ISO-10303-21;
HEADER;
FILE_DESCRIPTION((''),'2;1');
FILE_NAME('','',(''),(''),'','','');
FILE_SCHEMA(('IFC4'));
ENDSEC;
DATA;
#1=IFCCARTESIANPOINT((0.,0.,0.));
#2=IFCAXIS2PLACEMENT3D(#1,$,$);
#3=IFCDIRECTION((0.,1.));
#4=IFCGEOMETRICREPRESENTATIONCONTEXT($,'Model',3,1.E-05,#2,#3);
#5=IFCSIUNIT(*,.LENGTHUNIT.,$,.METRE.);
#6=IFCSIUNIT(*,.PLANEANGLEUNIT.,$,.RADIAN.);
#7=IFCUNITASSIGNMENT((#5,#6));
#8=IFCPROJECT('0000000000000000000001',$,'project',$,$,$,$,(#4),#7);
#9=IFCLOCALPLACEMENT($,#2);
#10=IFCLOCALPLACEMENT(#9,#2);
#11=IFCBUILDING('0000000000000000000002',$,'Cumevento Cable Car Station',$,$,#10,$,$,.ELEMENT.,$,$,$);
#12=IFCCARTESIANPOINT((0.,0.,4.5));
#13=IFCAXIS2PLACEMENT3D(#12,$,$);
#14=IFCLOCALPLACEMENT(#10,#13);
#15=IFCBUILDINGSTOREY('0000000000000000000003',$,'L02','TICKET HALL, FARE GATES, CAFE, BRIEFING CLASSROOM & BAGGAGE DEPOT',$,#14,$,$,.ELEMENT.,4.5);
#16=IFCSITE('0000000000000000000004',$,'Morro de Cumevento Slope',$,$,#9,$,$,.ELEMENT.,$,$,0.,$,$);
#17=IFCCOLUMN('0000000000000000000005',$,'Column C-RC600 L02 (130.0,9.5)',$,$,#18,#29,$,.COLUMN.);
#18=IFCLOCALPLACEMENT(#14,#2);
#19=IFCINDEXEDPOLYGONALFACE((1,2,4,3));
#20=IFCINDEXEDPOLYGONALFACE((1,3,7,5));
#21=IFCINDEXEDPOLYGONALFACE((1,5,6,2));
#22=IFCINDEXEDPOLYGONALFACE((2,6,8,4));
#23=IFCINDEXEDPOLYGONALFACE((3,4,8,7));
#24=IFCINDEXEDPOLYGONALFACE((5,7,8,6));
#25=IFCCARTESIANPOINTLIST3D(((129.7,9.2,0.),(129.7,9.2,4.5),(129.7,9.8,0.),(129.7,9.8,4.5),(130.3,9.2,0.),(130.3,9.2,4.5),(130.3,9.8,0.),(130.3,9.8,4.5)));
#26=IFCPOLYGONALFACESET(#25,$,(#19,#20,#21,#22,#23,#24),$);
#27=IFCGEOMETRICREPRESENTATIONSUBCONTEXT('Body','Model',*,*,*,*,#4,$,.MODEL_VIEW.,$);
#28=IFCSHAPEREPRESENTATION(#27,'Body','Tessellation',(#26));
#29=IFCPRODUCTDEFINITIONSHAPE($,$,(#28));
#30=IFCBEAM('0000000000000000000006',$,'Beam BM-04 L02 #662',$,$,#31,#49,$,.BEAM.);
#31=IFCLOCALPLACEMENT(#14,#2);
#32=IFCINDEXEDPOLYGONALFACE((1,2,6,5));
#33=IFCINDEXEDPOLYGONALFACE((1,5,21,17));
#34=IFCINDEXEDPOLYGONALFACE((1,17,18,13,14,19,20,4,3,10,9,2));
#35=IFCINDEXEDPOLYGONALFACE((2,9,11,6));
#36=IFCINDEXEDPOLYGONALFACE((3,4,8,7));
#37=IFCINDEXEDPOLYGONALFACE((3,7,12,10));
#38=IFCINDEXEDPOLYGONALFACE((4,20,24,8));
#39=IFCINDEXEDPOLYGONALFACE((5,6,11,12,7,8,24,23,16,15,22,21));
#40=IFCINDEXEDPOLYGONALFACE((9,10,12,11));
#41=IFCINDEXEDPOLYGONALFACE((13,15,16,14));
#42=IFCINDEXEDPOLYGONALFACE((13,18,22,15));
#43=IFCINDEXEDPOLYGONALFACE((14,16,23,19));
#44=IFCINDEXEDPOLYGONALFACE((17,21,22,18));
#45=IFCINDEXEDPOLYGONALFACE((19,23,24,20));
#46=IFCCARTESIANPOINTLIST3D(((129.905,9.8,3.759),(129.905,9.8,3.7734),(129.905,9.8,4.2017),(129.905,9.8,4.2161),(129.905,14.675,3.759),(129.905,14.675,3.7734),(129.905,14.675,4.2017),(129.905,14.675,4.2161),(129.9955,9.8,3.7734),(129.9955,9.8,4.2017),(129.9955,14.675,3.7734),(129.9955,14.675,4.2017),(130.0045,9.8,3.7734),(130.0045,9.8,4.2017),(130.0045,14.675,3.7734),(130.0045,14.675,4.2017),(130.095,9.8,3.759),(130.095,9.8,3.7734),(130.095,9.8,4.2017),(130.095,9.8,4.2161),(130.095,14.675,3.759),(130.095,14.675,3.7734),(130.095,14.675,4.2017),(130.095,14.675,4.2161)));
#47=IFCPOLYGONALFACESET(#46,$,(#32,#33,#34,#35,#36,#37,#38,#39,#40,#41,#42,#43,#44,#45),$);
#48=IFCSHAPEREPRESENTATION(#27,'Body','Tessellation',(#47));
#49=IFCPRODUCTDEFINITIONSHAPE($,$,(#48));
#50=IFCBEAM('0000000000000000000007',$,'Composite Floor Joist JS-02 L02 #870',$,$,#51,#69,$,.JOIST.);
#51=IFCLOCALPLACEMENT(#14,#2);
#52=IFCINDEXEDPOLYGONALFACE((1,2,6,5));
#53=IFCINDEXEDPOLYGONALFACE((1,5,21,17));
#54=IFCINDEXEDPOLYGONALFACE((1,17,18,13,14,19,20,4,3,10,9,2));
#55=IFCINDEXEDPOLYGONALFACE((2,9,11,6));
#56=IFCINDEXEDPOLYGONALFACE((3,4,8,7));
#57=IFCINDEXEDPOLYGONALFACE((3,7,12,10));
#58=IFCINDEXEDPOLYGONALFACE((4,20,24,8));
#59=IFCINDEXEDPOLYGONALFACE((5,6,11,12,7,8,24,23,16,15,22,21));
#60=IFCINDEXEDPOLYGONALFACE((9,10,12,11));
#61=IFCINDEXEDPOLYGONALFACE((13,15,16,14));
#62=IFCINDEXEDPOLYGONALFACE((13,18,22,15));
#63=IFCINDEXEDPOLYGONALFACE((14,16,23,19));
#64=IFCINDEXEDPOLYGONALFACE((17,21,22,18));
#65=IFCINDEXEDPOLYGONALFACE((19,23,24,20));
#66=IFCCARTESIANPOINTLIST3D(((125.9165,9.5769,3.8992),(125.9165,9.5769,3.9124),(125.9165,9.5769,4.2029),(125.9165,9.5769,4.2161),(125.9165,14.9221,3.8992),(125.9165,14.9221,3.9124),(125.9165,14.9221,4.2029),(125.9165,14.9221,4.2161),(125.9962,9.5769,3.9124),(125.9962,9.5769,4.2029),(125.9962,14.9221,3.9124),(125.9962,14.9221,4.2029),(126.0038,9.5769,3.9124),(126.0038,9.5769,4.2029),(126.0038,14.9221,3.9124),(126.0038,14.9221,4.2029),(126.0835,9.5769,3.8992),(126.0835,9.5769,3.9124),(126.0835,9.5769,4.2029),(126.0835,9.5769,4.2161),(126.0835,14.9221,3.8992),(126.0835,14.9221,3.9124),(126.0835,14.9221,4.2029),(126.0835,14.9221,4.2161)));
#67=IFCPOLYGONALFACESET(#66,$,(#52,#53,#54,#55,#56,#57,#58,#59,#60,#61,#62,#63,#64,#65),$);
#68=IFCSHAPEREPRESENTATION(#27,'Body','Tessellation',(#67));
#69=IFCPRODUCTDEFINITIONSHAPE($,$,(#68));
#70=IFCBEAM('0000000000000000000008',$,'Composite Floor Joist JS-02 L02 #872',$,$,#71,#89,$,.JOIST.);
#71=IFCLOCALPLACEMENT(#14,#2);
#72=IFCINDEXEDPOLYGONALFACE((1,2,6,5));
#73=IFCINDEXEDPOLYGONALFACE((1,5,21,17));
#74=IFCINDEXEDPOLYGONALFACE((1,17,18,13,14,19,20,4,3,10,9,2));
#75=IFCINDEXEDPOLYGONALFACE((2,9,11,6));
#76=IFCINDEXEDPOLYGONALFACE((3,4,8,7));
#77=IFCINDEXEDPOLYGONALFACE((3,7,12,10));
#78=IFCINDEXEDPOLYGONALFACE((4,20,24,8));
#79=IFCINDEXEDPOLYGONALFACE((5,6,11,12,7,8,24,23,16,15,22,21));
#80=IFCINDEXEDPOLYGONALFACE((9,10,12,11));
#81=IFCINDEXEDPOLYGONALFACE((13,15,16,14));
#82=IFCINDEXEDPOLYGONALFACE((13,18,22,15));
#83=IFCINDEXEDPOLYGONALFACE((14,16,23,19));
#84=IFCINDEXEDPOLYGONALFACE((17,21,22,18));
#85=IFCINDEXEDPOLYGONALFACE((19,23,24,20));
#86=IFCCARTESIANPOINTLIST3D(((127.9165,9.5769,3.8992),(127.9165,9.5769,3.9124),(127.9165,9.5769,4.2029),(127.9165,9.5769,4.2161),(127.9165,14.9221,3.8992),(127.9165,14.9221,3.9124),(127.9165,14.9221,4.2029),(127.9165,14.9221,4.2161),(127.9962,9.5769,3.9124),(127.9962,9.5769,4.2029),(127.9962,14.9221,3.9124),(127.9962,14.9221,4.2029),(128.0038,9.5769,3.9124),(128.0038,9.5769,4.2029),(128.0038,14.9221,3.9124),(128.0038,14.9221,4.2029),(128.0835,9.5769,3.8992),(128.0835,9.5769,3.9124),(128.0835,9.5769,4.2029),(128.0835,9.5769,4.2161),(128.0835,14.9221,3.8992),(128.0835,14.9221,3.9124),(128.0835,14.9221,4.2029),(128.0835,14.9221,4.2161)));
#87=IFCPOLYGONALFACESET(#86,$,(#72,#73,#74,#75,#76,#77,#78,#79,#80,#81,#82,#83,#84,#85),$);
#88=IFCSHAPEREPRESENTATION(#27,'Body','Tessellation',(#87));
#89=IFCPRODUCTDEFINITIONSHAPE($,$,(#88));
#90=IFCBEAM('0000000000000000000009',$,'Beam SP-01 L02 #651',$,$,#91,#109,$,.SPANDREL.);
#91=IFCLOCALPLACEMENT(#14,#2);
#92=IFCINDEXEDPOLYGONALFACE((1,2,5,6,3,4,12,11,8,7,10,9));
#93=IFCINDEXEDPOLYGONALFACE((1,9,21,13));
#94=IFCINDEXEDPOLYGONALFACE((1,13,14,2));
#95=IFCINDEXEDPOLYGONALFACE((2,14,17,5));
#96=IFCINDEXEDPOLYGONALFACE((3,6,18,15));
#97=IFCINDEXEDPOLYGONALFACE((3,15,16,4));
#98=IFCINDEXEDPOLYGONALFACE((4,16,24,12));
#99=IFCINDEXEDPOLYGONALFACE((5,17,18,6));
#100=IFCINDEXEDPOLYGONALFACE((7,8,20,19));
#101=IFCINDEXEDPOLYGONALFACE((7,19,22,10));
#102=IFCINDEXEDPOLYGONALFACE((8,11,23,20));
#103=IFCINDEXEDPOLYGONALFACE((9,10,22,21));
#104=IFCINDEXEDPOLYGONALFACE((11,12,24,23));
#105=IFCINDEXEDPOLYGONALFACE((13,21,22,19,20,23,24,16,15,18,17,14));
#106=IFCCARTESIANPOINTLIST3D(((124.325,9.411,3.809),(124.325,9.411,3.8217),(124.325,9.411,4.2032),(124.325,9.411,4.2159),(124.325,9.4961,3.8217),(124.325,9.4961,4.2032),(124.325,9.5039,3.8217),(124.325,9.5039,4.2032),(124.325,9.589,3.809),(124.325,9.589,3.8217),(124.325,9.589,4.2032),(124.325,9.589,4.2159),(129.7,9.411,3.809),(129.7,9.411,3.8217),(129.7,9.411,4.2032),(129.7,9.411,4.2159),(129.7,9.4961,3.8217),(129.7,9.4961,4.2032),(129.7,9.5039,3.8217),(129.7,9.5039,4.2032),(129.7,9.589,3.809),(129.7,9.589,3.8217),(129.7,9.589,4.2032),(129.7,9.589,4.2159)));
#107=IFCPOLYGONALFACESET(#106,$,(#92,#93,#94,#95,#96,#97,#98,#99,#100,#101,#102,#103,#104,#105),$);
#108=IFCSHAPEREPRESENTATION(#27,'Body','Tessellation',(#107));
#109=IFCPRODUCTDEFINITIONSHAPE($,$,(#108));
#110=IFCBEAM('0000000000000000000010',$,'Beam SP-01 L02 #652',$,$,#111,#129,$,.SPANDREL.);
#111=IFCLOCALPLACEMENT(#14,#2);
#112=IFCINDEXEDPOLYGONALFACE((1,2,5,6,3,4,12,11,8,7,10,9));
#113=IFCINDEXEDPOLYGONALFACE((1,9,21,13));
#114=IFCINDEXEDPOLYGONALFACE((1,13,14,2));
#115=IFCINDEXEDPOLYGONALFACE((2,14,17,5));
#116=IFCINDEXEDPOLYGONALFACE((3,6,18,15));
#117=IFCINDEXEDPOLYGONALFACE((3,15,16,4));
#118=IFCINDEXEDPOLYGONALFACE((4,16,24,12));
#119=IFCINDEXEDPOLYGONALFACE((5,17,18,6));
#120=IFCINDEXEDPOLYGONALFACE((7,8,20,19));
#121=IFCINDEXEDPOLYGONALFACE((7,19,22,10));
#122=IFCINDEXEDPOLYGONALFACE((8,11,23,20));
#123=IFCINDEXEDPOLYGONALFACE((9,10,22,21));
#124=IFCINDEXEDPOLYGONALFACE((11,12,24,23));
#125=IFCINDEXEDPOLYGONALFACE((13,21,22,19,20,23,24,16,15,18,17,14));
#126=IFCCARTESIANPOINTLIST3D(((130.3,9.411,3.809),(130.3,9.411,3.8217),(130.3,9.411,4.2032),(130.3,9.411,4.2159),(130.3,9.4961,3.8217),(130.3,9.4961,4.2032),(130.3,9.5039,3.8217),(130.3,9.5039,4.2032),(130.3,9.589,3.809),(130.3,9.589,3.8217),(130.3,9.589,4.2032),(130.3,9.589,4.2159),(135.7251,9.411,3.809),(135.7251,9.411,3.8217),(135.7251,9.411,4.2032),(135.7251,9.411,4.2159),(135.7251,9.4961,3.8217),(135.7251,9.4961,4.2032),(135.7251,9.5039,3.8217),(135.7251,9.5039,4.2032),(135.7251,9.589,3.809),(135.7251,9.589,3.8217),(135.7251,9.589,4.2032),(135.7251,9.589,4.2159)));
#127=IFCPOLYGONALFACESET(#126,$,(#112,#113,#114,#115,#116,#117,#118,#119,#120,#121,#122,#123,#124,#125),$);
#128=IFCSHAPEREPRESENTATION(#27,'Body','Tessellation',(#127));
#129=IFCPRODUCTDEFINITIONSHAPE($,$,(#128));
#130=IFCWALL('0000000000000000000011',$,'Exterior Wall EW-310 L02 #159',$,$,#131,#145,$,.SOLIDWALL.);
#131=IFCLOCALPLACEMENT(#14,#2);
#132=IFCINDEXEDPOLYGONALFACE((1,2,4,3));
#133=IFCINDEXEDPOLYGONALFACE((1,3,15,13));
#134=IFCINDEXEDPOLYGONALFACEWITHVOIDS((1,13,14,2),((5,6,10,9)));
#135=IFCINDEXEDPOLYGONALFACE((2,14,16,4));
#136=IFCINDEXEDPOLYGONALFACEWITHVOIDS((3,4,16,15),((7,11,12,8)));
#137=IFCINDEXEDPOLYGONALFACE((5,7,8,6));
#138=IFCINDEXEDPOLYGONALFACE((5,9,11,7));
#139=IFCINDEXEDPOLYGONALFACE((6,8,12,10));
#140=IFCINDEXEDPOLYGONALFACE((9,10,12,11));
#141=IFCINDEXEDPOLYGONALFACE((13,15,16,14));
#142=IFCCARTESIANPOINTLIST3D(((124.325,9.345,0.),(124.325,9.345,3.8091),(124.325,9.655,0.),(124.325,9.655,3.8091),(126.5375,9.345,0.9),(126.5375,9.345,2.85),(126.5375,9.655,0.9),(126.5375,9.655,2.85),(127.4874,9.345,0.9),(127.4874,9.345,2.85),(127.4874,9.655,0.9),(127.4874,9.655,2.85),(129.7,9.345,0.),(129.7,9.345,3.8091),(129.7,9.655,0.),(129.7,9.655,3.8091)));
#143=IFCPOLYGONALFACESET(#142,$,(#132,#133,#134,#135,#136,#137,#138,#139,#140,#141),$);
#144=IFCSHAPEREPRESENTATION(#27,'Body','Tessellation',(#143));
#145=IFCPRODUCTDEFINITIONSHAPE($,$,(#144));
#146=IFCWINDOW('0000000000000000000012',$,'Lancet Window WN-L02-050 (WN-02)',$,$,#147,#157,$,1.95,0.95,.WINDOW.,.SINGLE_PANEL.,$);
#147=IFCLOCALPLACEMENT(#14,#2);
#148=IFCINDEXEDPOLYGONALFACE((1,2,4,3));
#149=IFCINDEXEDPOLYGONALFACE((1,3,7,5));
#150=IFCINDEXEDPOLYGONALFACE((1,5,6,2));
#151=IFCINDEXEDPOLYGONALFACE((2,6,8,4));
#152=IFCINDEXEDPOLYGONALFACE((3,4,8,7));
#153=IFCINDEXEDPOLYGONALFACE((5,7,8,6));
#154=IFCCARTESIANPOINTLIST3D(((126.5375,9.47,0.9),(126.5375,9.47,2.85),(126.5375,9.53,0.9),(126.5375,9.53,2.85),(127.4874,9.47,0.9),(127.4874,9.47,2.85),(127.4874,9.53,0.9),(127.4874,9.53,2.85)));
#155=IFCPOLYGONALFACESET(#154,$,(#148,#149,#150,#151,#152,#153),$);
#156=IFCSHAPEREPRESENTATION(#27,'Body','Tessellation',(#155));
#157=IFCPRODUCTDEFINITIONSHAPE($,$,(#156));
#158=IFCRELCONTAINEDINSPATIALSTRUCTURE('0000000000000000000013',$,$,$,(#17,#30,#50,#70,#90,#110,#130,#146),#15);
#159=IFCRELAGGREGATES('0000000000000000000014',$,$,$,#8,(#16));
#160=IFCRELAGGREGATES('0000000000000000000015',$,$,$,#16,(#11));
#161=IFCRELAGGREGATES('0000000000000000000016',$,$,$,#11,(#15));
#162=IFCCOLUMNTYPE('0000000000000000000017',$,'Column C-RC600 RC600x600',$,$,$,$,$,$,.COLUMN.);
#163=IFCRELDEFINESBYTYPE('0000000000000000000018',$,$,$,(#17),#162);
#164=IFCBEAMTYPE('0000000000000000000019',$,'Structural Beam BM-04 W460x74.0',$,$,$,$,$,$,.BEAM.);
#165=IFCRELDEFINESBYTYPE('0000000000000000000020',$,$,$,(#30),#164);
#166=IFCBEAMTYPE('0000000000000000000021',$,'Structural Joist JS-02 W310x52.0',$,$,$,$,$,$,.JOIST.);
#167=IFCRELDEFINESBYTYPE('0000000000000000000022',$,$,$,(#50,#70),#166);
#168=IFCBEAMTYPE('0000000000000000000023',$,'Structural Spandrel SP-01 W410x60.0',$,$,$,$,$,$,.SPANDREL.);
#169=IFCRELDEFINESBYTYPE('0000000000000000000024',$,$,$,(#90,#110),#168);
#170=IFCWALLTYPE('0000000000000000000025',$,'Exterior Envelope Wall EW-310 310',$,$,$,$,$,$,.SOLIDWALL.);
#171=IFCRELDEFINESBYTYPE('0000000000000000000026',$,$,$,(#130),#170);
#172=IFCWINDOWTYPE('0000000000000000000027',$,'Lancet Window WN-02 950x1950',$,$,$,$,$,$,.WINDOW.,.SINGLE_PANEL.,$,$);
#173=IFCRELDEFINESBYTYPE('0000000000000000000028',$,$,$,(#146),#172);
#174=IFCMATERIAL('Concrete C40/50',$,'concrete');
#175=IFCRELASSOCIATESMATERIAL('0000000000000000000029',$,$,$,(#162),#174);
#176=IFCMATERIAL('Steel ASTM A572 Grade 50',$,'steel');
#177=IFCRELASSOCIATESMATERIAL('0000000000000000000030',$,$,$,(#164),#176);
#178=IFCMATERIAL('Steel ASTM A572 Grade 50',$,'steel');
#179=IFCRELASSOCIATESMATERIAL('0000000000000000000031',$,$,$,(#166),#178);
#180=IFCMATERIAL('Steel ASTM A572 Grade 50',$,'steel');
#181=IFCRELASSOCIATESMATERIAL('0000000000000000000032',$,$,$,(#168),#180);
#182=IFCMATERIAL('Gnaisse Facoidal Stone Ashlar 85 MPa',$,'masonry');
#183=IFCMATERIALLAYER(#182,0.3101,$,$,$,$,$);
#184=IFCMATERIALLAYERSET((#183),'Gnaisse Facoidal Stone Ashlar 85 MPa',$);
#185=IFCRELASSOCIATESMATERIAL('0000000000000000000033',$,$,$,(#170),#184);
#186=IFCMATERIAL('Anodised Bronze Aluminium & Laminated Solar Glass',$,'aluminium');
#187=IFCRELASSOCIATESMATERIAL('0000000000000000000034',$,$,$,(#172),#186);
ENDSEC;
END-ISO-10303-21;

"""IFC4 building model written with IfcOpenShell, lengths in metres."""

from ifc_helpers import new_model, si_unit, direction, frame, frame_2d, origin, origin_2d, place, context, subcontext, project, spatial, rectangle, i_section, extrude, material, layer, layer_set, material_profile, profile_set, type_object, element, fill, save


model = new_model("IFC4")

# Units and contexts
model_context = context("Model", 3, precision=1e-05, world=origin(), true_north=direction((0.0, 1.0)))
body_context = subcontext(model_context, "Body", "Model", "MODEL_VIEW")
ifc_project = project(units=[si_unit("LENGTHUNIT", "METRE"), si_unit("PLANEANGLEUNIT", "RADIAN")], contexts=[model_context])

# Site, building, storey
site_placement = place(None, origin())
site = spatial("IfcSite", under=ifc_project, at=site_placement, Name="Morro de Cumevento Slope", CompositionType="ELEMENT", RefElevation=0.0)
building_placement = place(site_placement, origin())
building = spatial("IfcBuilding", under=site, at=building_placement, Name="Cumevento Cable Car Station", CompositionType="ELEMENT")
storey_placement = place(building_placement, frame((0.0, 0.0, 4.5)))
storey = spatial("IfcBuildingStorey", under=building, at=storey_placement, Name="L02", Description="TICKET HALL, FARE GATES, CAFE, BRIEFING CLASSROOM & BAGGAGE DEPOT", CompositionType="ELEMENT", Elevation=4.5)

# Column
ifc_material_1 = material(Name="Concrete C40/50", Category="concrete")
ifc_material_profile_1 = material_profile(ifc_material_1, rectangle(XDim=0.6001, YDim=0.6001, at=origin_2d()), Name="RC600x600")
ifc_profile_set_1 = profile_set([ifc_material_profile_1], Name="Concrete C40/50")
column_type = type_object("IfcColumnType", Name="Column C-RC600 RC600x600", PredefinedType="COLUMN", material=ifc_profile_set_1)
column_placement = place(storey_placement, frame((130.0, 9.5, 0.0), z_axis=(0.0, 0.0, 1.0), x_axis=(1.0, 0.0, 0.0)))
element("IfcColumn", 1, at=column_placement, inside=storey, type_object=column_type, Name="Column C-RC600 L02 (130.0,9.5)", PredefinedType="COLUMN", context=body_context, shape_type="SweptSolid", body=[
    extrude(rectangle(XDim=0.6001, YDim=0.6001, at=origin_2d()), origin(), (0.0, 0.0, 1.0), 4.5),
])

# Beams
ifc_material_2 = material(Name="Steel ASTM A572 Grade 50", Category="steel")
ifc_material_profile_2 = material_profile(ifc_material_2, i_section(OverallWidth=0.1899, OverallDepth=0.457, WebThickness=0.009, FlangeThickness=0.0144, at=origin_2d()), Name="W460x74.0")
ifc_profile_set_2 = profile_set([ifc_material_profile_2], Name="Steel ASTM A572 Grade 50")
beam_type_1 = type_object("IfcBeamType", Name="Structural Beam BM-04 W460x74.0", PredefinedType="BEAM", material=ifc_profile_set_2)
beam_1_placement = place(storey_placement, frame((130.0, 9.8, 3.9875), z_axis=(0.0, 1.0, 0.0), x_axis=(-1.0, 0.0, 0.0)))
element("IfcBeam", 2, at=beam_1_placement, inside=storey, type_object=beam_type_1, Name="Beam BM-04 L02 #662", PredefinedType="BEAM", context=body_context, shape_type="SweptSolid", body=[
    extrude(i_section(OverallWidth=0.1899, OverallDepth=0.457, WebThickness=0.009, FlangeThickness=0.0144, at=origin_2d()), origin(), (0.0, 0.0, 1.0), 4.875),
])
ifc_material_3 = material(Name="Steel ASTM A572 Grade 50", Category="steel")
ifc_material_profile_3 = material_profile(ifc_material_3, i_section(OverallWidth=0.167, OverallDepth=0.3169, WebThickness=0.0076, FlangeThickness=0.0132, at=origin_2d()), Name="W310x52.0")
ifc_profile_set_3 = profile_set([ifc_material_profile_3], Name="Steel ASTM A572 Grade 50")
beam_type_2 = type_object("IfcBeamType", Name="Structural Joist JS-02 W310x52.0", PredefinedType="JOIST", material=ifc_profile_set_3)
for number, where, z_axis, x_axis, name in (
    (3, (126.0, 9.5769, 4.0576), (0.0, 1.0, 0.0), (-1.0, 0.0, 0.0), "Composite Floor Joist JS-02 L02 #870"),
    (4, (128.0, 9.5769, 4.0576), (0.0, 1.0, 0.0), (-1.0, 0.0, 0.0), "Composite Floor Joist JS-02 L02 #872"),
):
    element("IfcBeam", number, at=place(storey_placement, frame(where, z_axis=z_axis, x_axis=x_axis)), inside=storey, type_object=beam_type_2, Name=name, PredefinedType="JOIST", context=body_context, shape_type="SweptSolid", body=[
        extrude(i_section(OverallWidth=0.167, OverallDepth=0.3169, WebThickness=0.0076, FlangeThickness=0.0132, at=origin_2d()), origin(), (0.0, 0.0, 1.0), 5.3452),
    ])
ifc_material_4 = material(Name="Steel ASTM A572 Grade 50", Category="steel")
ifc_material_profile_4 = material_profile(ifc_material_4, i_section(OverallWidth=0.178, OverallDepth=0.407, WebThickness=0.0078, FlangeThickness=0.0127, at=origin_2d()), Name="W410x60.0")
ifc_profile_set_4 = profile_set([ifc_material_profile_4], Name="Steel ASTM A572 Grade 50")
beam_type_3 = type_object("IfcBeamType", Name="Structural Spandrel SP-01 W410x60.0", PredefinedType="SPANDREL", material=ifc_profile_set_4)
beam_2_placement = place(storey_placement, frame((124.325, 9.5, 4.0125), z_axis=(1.0, 0.0, 0.0), x_axis=(0.0, 1.0, 0.0)))
element("IfcBeam", 5, at=beam_2_placement, inside=storey, type_object=beam_type_3, Name="Beam SP-01 L02 #651", PredefinedType="SPANDREL", context=body_context, shape_type="SweptSolid", body=[
    extrude(i_section(OverallWidth=0.178, OverallDepth=0.407, WebThickness=0.0078, FlangeThickness=0.0127, at=origin_2d()), origin(), (0.0, 0.0, 1.0), 5.375),
])
beam_3_placement = place(storey_placement, frame((130.3, 9.5, 4.0125), z_axis=(1.0, 0.0, 0.0), x_axis=(0.0, 1.0, 0.0)))
element("IfcBeam", 6, at=beam_3_placement, inside=storey, type_object=beam_type_3, Name="Beam SP-01 L02 #652", PredefinedType="SPANDREL", context=body_context, shape_type="SweptSolid", body=[
    extrude(i_section(OverallWidth=0.178, OverallDepth=0.407, WebThickness=0.0078, FlangeThickness=0.0127, at=origin_2d()), origin(), (0.0, 0.0, 1.0), 5.425),
])

# Wall, opening, window
ifc_material_5 = material(Name="Gnaisse Facoidal Stone Ashlar 85 MPa", Category="masonry")
ifc_layer_1 = layer(ifc_material_5, 0.3101)
ifc_layer_set_1 = layer_set([ifc_layer_1], Name="Gnaisse Facoidal Stone Ashlar 85 MPa")
wall_type_1 = type_object("IfcWallType", Name="Exterior Envelope Wall EW-310 310", PredefinedType="SOLIDWALL", material=ifc_layer_set_1)
wall_1_placement = place(storey_placement, frame((129.7, 9.5, 0.0), z_axis=(0.0, 0.0, 1.0), x_axis=(-1.0, 0.0, 0.0)))
wall_1 = element("IfcWall", 7, at=wall_1_placement, inside=storey, type_object=wall_type_1, Name="Exterior Wall EW-310 L02 #159", PredefinedType="SOLIDWALL", context=body_context, shape_type="SweptSolid", body=[
    extrude(rectangle(XDim=5.375, YDim=0.3101, at=frame_2d((2.6875, 0.0))), origin(), (0.0, 0.0, 1.0), 3.8091),
])
opening_1_placement = place(wall_1_placement, frame((2.2124, 0.0, 0.8999)))
opening_1 = element("IfcOpeningElement", 8, at=opening_1_placement, cuts=wall_1, PredefinedType="OPENING", context=body_context, shape_type="SweptSolid", body=[
    extrude(rectangle(XDim=0.95, YDim=1.95, at=frame_2d((0.4751, 0.9751))), frame((0.0, 0.165, 0.0), z_axis=(0.0, -1.0, 0.0), x_axis=(1.0, 0.0, 0.0)), (0.0, 0.0, 1.0), 0.3301),
])
ifc_material_6 = material(Name="Anodised Bronze Aluminium & Laminated Solar Glass", Category="aluminium")
window_type = type_object("IfcWindowType", Name="Lancet Window WN-02 950x1950", PartitioningType="SINGLE_PANEL", PredefinedType="WINDOW", material=ifc_material_6)
window_placement = place(opening_1_placement, origin())
window = element("IfcWindow", 9, at=window_placement, inside=storey, type_object=window_type, Name="Lancet Window WN-L02-050 (WN-02)", OverallHeight=1.95, OverallWidth=0.95, PartitioningType="SINGLE_PANEL", PredefinedType="WINDOW", context=body_context, shape_type="SweptSolid", body=[
    extrude(rectangle(XDim=0.95, YDim=1.95, at=frame_2d((0.4751, 0.9751))), frame((0.0, 0.03, 0.0), z_axis=(0.0, -1.0, 0.0), x_axis=(1.0, 0.0, 0.0)), (0.0, 0.0, 1.0), 0.0601),
])
fill(opening_1, window)

save(model, "model.ifc")
